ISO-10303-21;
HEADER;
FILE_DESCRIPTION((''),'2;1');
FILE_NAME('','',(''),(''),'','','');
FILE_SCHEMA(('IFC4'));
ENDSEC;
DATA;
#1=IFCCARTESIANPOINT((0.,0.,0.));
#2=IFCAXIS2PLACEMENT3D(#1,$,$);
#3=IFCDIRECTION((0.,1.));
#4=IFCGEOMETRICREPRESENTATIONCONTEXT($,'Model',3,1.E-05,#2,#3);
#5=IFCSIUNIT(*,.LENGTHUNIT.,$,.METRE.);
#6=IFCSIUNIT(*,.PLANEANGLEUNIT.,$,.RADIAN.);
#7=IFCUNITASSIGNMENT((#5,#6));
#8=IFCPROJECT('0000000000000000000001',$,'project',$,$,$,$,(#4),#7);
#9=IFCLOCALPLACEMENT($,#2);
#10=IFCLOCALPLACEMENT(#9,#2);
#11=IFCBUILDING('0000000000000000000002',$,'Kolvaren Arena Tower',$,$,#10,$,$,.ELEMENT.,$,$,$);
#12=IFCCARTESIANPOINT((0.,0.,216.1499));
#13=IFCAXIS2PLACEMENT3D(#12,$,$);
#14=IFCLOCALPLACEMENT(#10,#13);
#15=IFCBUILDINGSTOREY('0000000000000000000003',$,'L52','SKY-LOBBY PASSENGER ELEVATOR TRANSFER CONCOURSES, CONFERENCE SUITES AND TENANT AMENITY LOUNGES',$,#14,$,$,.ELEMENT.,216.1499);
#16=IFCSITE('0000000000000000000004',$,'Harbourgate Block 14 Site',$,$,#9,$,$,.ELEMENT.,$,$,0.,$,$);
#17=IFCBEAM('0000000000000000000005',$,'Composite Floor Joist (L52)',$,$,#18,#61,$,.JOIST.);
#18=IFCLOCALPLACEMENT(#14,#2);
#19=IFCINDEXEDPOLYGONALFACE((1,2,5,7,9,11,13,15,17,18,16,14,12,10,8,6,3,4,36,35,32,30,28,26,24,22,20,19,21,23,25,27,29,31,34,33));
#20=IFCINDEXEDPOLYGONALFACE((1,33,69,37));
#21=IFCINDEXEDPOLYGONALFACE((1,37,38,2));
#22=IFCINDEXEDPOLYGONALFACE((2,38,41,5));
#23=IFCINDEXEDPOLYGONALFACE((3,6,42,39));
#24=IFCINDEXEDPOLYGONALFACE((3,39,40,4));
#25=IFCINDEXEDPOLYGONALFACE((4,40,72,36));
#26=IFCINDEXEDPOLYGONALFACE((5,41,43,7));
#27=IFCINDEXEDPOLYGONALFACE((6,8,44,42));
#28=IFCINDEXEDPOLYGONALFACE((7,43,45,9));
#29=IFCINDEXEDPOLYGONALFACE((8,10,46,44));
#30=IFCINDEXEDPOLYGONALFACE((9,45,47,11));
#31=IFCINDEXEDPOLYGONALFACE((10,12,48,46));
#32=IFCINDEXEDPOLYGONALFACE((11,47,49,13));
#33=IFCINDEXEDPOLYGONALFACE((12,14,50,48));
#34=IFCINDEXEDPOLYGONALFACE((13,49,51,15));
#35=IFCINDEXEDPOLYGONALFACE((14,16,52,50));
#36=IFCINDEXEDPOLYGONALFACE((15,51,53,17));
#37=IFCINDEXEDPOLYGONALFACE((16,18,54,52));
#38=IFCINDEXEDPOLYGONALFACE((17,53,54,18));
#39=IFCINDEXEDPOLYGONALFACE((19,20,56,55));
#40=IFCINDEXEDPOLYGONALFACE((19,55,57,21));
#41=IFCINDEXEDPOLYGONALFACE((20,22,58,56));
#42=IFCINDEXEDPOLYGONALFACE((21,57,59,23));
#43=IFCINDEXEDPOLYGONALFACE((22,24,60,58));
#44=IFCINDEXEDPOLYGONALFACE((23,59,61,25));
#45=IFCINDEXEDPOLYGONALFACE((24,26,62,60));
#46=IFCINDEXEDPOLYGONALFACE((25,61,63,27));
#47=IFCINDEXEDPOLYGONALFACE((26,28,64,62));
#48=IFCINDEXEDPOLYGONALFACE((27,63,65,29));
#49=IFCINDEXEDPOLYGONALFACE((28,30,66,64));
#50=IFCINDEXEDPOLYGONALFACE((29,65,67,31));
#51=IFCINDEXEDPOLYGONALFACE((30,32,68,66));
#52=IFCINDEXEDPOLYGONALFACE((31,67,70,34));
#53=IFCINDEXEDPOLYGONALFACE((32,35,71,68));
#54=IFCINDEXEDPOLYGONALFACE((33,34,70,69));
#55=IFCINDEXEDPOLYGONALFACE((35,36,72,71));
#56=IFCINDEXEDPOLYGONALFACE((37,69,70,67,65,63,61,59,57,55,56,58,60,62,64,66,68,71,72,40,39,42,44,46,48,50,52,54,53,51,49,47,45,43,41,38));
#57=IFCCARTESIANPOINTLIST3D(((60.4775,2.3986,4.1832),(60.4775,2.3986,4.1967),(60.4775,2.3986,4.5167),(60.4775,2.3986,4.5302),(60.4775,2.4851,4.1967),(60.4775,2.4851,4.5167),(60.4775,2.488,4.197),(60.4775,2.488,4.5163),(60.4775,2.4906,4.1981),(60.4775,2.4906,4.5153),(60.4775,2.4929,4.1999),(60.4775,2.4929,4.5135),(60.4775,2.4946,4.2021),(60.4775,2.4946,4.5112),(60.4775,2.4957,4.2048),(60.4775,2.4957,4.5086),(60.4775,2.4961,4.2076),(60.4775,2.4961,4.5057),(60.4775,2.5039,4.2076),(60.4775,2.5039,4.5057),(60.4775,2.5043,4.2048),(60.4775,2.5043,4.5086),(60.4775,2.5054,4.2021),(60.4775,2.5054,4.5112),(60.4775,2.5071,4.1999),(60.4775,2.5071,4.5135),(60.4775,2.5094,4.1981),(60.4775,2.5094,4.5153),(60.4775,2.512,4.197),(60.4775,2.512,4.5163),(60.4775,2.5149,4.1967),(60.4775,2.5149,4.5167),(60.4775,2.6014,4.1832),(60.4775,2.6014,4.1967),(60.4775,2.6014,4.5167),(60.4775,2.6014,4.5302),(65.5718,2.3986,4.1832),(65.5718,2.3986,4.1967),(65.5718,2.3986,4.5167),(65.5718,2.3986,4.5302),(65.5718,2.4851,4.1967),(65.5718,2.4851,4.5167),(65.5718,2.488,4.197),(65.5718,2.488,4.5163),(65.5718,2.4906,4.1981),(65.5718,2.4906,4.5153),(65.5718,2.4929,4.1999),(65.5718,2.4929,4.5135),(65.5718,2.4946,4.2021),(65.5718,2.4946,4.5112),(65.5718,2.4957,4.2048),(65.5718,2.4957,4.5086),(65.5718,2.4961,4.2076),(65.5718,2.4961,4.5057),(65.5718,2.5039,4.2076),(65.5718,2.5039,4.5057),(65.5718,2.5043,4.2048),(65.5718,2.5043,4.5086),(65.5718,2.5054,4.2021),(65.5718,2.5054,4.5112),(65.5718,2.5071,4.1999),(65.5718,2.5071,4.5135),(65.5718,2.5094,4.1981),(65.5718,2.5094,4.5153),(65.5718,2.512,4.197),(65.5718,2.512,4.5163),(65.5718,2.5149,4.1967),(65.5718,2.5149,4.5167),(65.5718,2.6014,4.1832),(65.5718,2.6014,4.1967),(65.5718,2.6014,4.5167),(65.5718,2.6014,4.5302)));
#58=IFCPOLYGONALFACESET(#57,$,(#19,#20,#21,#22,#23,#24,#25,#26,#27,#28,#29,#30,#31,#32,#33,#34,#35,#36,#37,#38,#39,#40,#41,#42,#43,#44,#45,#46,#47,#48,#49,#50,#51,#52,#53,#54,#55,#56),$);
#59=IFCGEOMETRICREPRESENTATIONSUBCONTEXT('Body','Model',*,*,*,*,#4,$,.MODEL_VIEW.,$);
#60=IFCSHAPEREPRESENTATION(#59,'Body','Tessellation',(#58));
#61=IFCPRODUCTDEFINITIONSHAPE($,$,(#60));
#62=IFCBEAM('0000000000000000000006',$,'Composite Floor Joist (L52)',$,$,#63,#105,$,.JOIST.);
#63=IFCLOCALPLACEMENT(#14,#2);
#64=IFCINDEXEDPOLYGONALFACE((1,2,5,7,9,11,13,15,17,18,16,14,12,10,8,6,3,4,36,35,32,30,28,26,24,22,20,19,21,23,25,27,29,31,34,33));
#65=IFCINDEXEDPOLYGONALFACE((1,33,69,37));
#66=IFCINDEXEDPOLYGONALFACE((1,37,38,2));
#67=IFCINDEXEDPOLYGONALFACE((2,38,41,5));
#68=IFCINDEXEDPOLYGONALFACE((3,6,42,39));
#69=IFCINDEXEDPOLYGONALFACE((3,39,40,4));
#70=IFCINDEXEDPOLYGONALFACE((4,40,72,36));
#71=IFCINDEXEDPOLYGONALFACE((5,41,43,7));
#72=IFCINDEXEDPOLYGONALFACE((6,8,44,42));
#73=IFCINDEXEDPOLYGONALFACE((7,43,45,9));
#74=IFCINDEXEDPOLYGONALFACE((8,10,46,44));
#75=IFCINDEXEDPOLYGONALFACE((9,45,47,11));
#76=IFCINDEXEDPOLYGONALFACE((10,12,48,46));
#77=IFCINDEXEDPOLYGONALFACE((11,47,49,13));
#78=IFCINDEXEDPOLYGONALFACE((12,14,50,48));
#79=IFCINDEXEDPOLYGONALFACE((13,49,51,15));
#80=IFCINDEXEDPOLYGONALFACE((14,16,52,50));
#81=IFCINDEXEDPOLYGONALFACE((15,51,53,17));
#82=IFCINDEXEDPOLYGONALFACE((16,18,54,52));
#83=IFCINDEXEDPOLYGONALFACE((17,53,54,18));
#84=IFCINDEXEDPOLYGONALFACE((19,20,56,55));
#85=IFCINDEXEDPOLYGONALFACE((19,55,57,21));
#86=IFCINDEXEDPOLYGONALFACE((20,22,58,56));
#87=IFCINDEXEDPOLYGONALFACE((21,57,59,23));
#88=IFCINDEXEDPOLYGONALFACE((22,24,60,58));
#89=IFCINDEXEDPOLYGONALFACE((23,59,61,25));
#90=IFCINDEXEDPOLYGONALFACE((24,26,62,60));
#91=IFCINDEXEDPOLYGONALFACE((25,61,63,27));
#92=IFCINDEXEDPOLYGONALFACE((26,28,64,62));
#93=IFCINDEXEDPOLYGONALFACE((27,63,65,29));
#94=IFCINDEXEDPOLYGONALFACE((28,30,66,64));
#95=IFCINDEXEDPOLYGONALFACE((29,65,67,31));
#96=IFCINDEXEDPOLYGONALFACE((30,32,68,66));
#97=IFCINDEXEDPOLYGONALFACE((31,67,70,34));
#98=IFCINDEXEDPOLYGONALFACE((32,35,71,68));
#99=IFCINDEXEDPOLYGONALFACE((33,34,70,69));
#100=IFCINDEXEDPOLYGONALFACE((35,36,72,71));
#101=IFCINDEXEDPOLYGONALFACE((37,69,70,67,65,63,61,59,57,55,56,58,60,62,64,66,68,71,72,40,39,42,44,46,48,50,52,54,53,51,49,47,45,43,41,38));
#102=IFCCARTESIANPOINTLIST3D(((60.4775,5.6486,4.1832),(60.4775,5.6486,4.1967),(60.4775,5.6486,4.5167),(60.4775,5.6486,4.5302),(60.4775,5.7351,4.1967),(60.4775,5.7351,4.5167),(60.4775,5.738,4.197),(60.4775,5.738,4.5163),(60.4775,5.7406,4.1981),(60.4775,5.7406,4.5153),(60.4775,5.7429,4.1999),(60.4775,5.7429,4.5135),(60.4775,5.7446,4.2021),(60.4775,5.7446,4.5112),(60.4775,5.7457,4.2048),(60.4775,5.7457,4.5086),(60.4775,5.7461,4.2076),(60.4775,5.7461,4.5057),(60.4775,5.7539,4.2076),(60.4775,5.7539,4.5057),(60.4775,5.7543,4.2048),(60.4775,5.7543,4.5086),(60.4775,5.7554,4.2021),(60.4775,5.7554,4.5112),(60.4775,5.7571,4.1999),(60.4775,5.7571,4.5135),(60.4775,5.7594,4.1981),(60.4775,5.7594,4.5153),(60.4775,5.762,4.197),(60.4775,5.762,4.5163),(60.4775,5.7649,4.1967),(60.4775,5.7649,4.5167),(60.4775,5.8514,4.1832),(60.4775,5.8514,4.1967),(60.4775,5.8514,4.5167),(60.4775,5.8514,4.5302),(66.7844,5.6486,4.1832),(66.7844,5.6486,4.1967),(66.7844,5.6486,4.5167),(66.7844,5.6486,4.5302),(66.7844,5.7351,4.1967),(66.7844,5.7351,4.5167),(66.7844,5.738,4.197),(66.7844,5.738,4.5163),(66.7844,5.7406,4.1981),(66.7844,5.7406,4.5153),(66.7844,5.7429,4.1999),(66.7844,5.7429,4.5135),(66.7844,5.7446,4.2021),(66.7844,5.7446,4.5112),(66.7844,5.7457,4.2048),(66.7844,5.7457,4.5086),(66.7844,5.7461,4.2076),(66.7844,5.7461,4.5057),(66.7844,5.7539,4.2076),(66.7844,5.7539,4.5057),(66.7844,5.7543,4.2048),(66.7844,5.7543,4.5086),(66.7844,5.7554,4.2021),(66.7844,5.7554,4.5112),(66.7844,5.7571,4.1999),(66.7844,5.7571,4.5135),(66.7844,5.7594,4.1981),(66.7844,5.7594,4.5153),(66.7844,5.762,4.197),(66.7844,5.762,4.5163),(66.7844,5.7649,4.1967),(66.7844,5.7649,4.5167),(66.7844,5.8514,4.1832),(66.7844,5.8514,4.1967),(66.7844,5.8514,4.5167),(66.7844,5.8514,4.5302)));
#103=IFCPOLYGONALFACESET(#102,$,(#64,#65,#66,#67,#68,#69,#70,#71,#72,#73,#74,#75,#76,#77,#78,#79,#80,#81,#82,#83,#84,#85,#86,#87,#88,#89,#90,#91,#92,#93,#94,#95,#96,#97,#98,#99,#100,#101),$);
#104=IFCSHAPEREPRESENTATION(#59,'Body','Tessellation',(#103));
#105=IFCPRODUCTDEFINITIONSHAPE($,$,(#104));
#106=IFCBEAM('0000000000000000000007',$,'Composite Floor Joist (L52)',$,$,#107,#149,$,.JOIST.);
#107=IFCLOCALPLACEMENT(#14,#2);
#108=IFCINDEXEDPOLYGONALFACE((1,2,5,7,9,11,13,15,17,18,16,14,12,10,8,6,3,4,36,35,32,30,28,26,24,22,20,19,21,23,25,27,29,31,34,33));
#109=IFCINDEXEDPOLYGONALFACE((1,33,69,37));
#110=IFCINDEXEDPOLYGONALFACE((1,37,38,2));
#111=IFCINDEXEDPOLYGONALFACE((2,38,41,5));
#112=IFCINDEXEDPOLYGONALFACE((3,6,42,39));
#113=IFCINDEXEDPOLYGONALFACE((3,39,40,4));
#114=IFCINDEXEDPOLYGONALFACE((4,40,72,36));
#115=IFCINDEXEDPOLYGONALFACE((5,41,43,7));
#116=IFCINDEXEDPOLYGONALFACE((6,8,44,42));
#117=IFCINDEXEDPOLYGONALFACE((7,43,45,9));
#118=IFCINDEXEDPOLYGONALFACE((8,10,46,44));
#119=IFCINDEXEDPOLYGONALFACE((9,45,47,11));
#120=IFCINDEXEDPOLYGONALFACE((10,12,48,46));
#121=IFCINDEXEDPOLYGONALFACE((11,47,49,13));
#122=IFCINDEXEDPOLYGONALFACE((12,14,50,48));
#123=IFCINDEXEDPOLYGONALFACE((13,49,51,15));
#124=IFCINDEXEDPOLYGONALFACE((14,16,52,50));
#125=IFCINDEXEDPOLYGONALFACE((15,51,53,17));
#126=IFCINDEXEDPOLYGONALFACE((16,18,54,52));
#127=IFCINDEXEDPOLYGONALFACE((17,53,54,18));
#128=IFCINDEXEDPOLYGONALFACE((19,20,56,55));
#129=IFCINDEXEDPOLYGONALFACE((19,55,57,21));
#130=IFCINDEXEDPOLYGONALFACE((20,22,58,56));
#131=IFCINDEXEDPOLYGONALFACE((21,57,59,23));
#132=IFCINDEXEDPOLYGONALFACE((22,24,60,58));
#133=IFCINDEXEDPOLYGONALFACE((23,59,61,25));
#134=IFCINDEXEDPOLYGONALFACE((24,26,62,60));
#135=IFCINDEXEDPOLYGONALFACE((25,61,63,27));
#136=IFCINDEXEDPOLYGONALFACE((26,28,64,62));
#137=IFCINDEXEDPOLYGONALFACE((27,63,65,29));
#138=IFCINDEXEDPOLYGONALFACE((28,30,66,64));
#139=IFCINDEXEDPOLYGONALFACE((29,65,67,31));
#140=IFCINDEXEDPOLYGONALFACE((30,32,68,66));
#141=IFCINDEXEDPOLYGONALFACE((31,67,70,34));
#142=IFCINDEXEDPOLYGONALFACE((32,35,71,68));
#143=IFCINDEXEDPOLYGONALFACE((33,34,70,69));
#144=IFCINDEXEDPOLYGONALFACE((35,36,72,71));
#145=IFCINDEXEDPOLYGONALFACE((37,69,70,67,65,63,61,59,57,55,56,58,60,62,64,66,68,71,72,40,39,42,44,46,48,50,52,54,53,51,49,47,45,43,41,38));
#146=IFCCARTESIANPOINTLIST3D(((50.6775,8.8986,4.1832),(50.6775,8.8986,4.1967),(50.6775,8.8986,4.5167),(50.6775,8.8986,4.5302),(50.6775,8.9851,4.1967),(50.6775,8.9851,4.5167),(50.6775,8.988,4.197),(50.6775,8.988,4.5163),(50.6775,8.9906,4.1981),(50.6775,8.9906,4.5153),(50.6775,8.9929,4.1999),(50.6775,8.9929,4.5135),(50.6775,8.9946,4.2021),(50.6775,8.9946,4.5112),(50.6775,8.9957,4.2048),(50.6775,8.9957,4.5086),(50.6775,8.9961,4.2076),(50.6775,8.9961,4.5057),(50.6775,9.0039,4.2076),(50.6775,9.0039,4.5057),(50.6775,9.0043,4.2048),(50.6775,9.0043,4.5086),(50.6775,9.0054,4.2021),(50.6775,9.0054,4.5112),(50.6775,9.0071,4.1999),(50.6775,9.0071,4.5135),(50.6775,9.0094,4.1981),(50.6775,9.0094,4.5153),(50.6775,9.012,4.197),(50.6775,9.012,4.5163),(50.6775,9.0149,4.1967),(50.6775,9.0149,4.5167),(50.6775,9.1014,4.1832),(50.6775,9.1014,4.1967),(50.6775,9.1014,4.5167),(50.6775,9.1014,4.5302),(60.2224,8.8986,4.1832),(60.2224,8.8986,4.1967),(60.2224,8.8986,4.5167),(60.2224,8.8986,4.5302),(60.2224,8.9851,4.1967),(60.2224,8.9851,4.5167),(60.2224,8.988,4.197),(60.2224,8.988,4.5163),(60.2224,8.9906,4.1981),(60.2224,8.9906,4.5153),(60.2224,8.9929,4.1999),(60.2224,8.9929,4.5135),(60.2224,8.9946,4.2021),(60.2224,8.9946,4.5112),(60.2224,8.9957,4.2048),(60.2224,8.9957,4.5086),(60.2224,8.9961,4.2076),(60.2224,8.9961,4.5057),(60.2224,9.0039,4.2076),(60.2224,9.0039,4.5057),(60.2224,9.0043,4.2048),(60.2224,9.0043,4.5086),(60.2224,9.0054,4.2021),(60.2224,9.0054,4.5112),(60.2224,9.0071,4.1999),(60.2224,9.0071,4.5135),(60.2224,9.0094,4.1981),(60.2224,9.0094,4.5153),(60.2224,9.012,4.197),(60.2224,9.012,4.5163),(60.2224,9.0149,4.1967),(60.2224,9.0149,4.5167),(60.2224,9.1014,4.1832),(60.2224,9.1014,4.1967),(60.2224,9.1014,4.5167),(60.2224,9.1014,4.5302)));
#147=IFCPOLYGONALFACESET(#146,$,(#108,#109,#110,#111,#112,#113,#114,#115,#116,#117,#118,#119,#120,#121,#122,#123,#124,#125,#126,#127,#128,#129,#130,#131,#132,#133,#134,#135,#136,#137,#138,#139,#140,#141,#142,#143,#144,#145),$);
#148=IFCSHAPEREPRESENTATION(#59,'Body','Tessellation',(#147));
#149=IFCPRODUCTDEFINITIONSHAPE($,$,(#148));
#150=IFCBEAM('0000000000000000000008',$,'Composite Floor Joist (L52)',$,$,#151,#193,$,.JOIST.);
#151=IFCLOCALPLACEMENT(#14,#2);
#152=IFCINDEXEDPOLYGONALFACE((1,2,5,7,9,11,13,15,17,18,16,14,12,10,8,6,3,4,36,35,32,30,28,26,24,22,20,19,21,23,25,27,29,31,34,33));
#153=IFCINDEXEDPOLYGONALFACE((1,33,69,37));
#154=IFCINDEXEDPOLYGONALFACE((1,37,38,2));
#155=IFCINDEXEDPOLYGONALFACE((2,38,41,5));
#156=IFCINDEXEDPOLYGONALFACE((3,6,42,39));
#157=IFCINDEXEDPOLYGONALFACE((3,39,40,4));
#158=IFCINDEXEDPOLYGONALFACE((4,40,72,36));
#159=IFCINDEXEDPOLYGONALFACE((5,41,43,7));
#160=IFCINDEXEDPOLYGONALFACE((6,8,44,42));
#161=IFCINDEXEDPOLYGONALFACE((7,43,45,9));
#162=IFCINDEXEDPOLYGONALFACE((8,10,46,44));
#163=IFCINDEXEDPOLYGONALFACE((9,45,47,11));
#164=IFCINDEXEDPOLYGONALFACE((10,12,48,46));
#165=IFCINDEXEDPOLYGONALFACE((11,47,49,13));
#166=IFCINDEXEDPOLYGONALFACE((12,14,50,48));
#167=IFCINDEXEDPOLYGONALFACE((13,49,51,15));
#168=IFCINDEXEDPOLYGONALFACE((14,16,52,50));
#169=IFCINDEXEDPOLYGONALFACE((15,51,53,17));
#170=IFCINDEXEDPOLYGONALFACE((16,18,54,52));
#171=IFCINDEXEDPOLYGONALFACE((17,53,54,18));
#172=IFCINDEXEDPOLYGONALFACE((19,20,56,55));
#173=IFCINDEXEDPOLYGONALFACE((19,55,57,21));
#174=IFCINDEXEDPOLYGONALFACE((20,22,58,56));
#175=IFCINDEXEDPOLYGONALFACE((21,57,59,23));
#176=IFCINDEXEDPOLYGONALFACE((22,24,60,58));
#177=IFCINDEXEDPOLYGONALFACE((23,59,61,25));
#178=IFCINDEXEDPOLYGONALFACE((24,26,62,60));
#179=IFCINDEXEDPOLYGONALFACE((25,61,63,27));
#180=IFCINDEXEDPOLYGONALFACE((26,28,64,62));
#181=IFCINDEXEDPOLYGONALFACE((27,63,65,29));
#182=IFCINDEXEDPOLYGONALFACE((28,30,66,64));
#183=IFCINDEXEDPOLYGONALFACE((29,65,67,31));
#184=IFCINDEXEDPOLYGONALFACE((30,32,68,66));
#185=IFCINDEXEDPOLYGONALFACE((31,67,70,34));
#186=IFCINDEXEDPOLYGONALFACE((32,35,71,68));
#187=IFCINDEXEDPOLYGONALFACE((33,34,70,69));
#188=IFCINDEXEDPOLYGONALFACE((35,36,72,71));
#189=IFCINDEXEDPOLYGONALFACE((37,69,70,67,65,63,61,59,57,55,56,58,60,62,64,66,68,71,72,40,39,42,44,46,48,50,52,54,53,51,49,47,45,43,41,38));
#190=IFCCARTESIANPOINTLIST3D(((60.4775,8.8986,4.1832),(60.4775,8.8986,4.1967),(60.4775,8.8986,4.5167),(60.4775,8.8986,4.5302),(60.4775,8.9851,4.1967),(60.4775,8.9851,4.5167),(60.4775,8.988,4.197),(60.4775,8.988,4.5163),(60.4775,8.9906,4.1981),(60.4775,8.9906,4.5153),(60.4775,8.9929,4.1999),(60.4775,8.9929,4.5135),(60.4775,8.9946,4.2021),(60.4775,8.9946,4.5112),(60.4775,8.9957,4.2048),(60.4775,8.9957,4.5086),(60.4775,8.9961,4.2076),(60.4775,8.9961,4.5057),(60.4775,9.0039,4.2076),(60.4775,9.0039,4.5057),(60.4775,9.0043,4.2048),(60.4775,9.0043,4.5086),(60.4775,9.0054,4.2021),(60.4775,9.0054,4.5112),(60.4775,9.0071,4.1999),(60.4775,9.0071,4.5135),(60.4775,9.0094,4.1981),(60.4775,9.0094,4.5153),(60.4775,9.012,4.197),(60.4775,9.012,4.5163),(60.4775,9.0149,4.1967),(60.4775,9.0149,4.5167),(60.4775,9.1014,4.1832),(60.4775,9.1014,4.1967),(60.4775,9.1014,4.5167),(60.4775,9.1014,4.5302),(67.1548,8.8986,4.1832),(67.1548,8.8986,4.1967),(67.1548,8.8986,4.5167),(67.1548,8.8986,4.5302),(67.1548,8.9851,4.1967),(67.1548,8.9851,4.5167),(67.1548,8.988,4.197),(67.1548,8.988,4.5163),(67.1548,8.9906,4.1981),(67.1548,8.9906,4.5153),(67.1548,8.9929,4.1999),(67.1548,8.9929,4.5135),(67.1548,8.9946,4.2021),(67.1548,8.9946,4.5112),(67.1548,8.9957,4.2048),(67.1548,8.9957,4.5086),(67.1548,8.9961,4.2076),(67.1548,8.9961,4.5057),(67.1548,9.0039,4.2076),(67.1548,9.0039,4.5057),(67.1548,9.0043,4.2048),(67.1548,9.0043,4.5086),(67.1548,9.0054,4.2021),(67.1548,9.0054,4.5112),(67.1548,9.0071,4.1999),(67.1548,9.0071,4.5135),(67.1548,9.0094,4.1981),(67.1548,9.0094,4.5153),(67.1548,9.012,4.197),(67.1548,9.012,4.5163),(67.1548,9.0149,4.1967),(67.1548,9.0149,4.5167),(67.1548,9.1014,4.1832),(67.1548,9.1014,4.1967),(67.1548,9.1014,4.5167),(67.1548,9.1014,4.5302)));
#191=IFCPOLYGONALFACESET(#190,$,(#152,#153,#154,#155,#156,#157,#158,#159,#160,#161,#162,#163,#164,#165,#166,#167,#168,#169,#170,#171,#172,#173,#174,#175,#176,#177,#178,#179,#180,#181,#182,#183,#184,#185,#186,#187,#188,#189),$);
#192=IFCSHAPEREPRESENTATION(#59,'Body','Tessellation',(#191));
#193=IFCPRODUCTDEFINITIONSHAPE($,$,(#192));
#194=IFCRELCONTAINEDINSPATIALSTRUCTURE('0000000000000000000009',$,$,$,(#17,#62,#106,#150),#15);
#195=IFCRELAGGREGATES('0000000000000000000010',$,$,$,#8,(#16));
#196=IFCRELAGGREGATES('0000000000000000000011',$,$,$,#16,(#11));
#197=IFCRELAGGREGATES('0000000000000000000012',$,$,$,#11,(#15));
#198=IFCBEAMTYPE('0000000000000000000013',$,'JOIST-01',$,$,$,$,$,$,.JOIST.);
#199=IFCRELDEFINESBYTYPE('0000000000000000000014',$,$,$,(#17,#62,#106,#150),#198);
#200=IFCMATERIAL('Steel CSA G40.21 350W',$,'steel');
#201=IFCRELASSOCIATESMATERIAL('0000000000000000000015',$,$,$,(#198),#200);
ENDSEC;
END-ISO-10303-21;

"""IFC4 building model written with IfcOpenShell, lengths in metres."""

from ifc_helpers import new_model, si_unit, direction, frame, origin, origin_2d, place, context, subcontext, project, spatial, i_section, extrude, material, material_profile, profile_set, type_object, element, save


model = new_model("IFC4")

# Units and contexts
model_context = context("Model", 3, precision=1e-05, world=origin(), true_north=direction((0.0, 1.0)))
body_context = subcontext(model_context, "Body", "Model", "MODEL_VIEW")
ifc_project = project(units=[si_unit("LENGTHUNIT", "METRE"), si_unit("PLANEANGLEUNIT", "RADIAN")], contexts=[model_context])

# Site, building, storey
site_placement = place(None, origin())
site = spatial("IfcSite", under=ifc_project, at=site_placement, Name="Harbourgate Block 14 Site", CompositionType="ELEMENT", RefElevation=0.0)
building_placement = place(site_placement, origin())
building = spatial("IfcBuilding", under=site, at=building_placement, Name="Kolvaren Arena Tower", CompositionType="ELEMENT")
storey_placement = place(building_placement, frame((0.0, 0.0, 216.1499)))
storey = spatial("IfcBuildingStorey", under=building, at=storey_placement, Name="L52", Description="SKY-LOBBY PASSENGER ELEVATOR TRANSFER CONCOURSES, CONFERENCE SUITES AND TENANT AMENITY LOUNGES", CompositionType="ELEMENT", Elevation=216.1499)

# Beams
ifc_material_1 = material(Name="Steel CSA G40.21 350W", Category="steel")
ifc_material_profile_1 = material_profile(ifc_material_1, i_section(OverallWidth=0.2029, OverallDepth=0.3469, WebThickness=0.0078, FlangeThickness=0.0134, FilletRadius=0.011, at=origin_2d()), Name="W360x64")
ifc_profile_set_1 = profile_set([ifc_material_profile_1], Name="Steel CSA G40.21 350W")
beam_type_1 = type_object("IfcBeamType", Name="JOIST-01", PredefinedType="JOIST", material=ifc_profile_set_1)
beam_1_placement = place(storey_placement, frame((60.4775, 2.5, 4.3567), z_axis=(1.0, 0.0, 0.0), x_axis=(0.0, 1.0, 0.0)))
element("IfcBeam", 1, at=beam_1_placement, inside=storey, type_object=beam_type_1, Name="Composite Floor Joist (L52)", PredefinedType="JOIST", context=body_context, shape_type="SweptSolid", body=[
    extrude(i_section(OverallWidth=0.2029, OverallDepth=0.3469, WebThickness=0.0078, FlangeThickness=0.0134, FilletRadius=0.011, at=origin_2d()), origin(), (0.0, 0.0, 1.0), 5.0942),
])
beam_2_placement = place(storey_placement, frame((60.4775, 5.75, 4.3567), z_axis=(1.0, 0.0, 0.0), x_axis=(0.0, 1.0, 0.0)))
element("IfcBeam", 2, at=beam_2_placement, inside=storey, type_object=beam_type_1, Name="Composite Floor Joist (L52)", PredefinedType="JOIST", context=body_context, shape_type="SweptSolid", body=[
    extrude(i_section(OverallWidth=0.2029, OverallDepth=0.3469, WebThickness=0.0078, FlangeThickness=0.0134, FilletRadius=0.011, at=origin_2d()), origin(), (0.0, 0.0, 1.0), 6.3069),
])
beam_3_placement = place(storey_placement, frame((50.6775, 9.0, 4.3567), z_axis=(1.0, 0.0, 0.0), x_axis=(0.0, 1.0, 0.0)))
element("IfcBeam", 3, at=beam_3_placement, inside=storey, type_object=beam_type_1, Name="Composite Floor Joist (L52)", PredefinedType="JOIST", context=body_context, shape_type="SweptSolid", body=[
    extrude(i_section(OverallWidth=0.2029, OverallDepth=0.3469, WebThickness=0.0078, FlangeThickness=0.0134, FilletRadius=0.011, at=origin_2d()), origin(), (0.0, 0.0, 1.0), 9.5449),
])
beam_4_placement = place(storey_placement, frame((60.4775, 9.0, 4.3567), z_axis=(1.0, 0.0, 0.0), x_axis=(0.0, 1.0, 0.0)))
element("IfcBeam", 4, at=beam_4_placement, inside=storey, type_object=beam_type_1, Name="Composite Floor Joist (L52)", PredefinedType="JOIST", context=body_context, shape_type="SweptSolid", body=[
    extrude(i_section(OverallWidth=0.2029, OverallDepth=0.3469, WebThickness=0.0078, FlangeThickness=0.0134, FilletRadius=0.011, at=origin_2d()), origin(), (0.0, 0.0, 1.0), 6.6772),
])

save(model, "model.ifc")
